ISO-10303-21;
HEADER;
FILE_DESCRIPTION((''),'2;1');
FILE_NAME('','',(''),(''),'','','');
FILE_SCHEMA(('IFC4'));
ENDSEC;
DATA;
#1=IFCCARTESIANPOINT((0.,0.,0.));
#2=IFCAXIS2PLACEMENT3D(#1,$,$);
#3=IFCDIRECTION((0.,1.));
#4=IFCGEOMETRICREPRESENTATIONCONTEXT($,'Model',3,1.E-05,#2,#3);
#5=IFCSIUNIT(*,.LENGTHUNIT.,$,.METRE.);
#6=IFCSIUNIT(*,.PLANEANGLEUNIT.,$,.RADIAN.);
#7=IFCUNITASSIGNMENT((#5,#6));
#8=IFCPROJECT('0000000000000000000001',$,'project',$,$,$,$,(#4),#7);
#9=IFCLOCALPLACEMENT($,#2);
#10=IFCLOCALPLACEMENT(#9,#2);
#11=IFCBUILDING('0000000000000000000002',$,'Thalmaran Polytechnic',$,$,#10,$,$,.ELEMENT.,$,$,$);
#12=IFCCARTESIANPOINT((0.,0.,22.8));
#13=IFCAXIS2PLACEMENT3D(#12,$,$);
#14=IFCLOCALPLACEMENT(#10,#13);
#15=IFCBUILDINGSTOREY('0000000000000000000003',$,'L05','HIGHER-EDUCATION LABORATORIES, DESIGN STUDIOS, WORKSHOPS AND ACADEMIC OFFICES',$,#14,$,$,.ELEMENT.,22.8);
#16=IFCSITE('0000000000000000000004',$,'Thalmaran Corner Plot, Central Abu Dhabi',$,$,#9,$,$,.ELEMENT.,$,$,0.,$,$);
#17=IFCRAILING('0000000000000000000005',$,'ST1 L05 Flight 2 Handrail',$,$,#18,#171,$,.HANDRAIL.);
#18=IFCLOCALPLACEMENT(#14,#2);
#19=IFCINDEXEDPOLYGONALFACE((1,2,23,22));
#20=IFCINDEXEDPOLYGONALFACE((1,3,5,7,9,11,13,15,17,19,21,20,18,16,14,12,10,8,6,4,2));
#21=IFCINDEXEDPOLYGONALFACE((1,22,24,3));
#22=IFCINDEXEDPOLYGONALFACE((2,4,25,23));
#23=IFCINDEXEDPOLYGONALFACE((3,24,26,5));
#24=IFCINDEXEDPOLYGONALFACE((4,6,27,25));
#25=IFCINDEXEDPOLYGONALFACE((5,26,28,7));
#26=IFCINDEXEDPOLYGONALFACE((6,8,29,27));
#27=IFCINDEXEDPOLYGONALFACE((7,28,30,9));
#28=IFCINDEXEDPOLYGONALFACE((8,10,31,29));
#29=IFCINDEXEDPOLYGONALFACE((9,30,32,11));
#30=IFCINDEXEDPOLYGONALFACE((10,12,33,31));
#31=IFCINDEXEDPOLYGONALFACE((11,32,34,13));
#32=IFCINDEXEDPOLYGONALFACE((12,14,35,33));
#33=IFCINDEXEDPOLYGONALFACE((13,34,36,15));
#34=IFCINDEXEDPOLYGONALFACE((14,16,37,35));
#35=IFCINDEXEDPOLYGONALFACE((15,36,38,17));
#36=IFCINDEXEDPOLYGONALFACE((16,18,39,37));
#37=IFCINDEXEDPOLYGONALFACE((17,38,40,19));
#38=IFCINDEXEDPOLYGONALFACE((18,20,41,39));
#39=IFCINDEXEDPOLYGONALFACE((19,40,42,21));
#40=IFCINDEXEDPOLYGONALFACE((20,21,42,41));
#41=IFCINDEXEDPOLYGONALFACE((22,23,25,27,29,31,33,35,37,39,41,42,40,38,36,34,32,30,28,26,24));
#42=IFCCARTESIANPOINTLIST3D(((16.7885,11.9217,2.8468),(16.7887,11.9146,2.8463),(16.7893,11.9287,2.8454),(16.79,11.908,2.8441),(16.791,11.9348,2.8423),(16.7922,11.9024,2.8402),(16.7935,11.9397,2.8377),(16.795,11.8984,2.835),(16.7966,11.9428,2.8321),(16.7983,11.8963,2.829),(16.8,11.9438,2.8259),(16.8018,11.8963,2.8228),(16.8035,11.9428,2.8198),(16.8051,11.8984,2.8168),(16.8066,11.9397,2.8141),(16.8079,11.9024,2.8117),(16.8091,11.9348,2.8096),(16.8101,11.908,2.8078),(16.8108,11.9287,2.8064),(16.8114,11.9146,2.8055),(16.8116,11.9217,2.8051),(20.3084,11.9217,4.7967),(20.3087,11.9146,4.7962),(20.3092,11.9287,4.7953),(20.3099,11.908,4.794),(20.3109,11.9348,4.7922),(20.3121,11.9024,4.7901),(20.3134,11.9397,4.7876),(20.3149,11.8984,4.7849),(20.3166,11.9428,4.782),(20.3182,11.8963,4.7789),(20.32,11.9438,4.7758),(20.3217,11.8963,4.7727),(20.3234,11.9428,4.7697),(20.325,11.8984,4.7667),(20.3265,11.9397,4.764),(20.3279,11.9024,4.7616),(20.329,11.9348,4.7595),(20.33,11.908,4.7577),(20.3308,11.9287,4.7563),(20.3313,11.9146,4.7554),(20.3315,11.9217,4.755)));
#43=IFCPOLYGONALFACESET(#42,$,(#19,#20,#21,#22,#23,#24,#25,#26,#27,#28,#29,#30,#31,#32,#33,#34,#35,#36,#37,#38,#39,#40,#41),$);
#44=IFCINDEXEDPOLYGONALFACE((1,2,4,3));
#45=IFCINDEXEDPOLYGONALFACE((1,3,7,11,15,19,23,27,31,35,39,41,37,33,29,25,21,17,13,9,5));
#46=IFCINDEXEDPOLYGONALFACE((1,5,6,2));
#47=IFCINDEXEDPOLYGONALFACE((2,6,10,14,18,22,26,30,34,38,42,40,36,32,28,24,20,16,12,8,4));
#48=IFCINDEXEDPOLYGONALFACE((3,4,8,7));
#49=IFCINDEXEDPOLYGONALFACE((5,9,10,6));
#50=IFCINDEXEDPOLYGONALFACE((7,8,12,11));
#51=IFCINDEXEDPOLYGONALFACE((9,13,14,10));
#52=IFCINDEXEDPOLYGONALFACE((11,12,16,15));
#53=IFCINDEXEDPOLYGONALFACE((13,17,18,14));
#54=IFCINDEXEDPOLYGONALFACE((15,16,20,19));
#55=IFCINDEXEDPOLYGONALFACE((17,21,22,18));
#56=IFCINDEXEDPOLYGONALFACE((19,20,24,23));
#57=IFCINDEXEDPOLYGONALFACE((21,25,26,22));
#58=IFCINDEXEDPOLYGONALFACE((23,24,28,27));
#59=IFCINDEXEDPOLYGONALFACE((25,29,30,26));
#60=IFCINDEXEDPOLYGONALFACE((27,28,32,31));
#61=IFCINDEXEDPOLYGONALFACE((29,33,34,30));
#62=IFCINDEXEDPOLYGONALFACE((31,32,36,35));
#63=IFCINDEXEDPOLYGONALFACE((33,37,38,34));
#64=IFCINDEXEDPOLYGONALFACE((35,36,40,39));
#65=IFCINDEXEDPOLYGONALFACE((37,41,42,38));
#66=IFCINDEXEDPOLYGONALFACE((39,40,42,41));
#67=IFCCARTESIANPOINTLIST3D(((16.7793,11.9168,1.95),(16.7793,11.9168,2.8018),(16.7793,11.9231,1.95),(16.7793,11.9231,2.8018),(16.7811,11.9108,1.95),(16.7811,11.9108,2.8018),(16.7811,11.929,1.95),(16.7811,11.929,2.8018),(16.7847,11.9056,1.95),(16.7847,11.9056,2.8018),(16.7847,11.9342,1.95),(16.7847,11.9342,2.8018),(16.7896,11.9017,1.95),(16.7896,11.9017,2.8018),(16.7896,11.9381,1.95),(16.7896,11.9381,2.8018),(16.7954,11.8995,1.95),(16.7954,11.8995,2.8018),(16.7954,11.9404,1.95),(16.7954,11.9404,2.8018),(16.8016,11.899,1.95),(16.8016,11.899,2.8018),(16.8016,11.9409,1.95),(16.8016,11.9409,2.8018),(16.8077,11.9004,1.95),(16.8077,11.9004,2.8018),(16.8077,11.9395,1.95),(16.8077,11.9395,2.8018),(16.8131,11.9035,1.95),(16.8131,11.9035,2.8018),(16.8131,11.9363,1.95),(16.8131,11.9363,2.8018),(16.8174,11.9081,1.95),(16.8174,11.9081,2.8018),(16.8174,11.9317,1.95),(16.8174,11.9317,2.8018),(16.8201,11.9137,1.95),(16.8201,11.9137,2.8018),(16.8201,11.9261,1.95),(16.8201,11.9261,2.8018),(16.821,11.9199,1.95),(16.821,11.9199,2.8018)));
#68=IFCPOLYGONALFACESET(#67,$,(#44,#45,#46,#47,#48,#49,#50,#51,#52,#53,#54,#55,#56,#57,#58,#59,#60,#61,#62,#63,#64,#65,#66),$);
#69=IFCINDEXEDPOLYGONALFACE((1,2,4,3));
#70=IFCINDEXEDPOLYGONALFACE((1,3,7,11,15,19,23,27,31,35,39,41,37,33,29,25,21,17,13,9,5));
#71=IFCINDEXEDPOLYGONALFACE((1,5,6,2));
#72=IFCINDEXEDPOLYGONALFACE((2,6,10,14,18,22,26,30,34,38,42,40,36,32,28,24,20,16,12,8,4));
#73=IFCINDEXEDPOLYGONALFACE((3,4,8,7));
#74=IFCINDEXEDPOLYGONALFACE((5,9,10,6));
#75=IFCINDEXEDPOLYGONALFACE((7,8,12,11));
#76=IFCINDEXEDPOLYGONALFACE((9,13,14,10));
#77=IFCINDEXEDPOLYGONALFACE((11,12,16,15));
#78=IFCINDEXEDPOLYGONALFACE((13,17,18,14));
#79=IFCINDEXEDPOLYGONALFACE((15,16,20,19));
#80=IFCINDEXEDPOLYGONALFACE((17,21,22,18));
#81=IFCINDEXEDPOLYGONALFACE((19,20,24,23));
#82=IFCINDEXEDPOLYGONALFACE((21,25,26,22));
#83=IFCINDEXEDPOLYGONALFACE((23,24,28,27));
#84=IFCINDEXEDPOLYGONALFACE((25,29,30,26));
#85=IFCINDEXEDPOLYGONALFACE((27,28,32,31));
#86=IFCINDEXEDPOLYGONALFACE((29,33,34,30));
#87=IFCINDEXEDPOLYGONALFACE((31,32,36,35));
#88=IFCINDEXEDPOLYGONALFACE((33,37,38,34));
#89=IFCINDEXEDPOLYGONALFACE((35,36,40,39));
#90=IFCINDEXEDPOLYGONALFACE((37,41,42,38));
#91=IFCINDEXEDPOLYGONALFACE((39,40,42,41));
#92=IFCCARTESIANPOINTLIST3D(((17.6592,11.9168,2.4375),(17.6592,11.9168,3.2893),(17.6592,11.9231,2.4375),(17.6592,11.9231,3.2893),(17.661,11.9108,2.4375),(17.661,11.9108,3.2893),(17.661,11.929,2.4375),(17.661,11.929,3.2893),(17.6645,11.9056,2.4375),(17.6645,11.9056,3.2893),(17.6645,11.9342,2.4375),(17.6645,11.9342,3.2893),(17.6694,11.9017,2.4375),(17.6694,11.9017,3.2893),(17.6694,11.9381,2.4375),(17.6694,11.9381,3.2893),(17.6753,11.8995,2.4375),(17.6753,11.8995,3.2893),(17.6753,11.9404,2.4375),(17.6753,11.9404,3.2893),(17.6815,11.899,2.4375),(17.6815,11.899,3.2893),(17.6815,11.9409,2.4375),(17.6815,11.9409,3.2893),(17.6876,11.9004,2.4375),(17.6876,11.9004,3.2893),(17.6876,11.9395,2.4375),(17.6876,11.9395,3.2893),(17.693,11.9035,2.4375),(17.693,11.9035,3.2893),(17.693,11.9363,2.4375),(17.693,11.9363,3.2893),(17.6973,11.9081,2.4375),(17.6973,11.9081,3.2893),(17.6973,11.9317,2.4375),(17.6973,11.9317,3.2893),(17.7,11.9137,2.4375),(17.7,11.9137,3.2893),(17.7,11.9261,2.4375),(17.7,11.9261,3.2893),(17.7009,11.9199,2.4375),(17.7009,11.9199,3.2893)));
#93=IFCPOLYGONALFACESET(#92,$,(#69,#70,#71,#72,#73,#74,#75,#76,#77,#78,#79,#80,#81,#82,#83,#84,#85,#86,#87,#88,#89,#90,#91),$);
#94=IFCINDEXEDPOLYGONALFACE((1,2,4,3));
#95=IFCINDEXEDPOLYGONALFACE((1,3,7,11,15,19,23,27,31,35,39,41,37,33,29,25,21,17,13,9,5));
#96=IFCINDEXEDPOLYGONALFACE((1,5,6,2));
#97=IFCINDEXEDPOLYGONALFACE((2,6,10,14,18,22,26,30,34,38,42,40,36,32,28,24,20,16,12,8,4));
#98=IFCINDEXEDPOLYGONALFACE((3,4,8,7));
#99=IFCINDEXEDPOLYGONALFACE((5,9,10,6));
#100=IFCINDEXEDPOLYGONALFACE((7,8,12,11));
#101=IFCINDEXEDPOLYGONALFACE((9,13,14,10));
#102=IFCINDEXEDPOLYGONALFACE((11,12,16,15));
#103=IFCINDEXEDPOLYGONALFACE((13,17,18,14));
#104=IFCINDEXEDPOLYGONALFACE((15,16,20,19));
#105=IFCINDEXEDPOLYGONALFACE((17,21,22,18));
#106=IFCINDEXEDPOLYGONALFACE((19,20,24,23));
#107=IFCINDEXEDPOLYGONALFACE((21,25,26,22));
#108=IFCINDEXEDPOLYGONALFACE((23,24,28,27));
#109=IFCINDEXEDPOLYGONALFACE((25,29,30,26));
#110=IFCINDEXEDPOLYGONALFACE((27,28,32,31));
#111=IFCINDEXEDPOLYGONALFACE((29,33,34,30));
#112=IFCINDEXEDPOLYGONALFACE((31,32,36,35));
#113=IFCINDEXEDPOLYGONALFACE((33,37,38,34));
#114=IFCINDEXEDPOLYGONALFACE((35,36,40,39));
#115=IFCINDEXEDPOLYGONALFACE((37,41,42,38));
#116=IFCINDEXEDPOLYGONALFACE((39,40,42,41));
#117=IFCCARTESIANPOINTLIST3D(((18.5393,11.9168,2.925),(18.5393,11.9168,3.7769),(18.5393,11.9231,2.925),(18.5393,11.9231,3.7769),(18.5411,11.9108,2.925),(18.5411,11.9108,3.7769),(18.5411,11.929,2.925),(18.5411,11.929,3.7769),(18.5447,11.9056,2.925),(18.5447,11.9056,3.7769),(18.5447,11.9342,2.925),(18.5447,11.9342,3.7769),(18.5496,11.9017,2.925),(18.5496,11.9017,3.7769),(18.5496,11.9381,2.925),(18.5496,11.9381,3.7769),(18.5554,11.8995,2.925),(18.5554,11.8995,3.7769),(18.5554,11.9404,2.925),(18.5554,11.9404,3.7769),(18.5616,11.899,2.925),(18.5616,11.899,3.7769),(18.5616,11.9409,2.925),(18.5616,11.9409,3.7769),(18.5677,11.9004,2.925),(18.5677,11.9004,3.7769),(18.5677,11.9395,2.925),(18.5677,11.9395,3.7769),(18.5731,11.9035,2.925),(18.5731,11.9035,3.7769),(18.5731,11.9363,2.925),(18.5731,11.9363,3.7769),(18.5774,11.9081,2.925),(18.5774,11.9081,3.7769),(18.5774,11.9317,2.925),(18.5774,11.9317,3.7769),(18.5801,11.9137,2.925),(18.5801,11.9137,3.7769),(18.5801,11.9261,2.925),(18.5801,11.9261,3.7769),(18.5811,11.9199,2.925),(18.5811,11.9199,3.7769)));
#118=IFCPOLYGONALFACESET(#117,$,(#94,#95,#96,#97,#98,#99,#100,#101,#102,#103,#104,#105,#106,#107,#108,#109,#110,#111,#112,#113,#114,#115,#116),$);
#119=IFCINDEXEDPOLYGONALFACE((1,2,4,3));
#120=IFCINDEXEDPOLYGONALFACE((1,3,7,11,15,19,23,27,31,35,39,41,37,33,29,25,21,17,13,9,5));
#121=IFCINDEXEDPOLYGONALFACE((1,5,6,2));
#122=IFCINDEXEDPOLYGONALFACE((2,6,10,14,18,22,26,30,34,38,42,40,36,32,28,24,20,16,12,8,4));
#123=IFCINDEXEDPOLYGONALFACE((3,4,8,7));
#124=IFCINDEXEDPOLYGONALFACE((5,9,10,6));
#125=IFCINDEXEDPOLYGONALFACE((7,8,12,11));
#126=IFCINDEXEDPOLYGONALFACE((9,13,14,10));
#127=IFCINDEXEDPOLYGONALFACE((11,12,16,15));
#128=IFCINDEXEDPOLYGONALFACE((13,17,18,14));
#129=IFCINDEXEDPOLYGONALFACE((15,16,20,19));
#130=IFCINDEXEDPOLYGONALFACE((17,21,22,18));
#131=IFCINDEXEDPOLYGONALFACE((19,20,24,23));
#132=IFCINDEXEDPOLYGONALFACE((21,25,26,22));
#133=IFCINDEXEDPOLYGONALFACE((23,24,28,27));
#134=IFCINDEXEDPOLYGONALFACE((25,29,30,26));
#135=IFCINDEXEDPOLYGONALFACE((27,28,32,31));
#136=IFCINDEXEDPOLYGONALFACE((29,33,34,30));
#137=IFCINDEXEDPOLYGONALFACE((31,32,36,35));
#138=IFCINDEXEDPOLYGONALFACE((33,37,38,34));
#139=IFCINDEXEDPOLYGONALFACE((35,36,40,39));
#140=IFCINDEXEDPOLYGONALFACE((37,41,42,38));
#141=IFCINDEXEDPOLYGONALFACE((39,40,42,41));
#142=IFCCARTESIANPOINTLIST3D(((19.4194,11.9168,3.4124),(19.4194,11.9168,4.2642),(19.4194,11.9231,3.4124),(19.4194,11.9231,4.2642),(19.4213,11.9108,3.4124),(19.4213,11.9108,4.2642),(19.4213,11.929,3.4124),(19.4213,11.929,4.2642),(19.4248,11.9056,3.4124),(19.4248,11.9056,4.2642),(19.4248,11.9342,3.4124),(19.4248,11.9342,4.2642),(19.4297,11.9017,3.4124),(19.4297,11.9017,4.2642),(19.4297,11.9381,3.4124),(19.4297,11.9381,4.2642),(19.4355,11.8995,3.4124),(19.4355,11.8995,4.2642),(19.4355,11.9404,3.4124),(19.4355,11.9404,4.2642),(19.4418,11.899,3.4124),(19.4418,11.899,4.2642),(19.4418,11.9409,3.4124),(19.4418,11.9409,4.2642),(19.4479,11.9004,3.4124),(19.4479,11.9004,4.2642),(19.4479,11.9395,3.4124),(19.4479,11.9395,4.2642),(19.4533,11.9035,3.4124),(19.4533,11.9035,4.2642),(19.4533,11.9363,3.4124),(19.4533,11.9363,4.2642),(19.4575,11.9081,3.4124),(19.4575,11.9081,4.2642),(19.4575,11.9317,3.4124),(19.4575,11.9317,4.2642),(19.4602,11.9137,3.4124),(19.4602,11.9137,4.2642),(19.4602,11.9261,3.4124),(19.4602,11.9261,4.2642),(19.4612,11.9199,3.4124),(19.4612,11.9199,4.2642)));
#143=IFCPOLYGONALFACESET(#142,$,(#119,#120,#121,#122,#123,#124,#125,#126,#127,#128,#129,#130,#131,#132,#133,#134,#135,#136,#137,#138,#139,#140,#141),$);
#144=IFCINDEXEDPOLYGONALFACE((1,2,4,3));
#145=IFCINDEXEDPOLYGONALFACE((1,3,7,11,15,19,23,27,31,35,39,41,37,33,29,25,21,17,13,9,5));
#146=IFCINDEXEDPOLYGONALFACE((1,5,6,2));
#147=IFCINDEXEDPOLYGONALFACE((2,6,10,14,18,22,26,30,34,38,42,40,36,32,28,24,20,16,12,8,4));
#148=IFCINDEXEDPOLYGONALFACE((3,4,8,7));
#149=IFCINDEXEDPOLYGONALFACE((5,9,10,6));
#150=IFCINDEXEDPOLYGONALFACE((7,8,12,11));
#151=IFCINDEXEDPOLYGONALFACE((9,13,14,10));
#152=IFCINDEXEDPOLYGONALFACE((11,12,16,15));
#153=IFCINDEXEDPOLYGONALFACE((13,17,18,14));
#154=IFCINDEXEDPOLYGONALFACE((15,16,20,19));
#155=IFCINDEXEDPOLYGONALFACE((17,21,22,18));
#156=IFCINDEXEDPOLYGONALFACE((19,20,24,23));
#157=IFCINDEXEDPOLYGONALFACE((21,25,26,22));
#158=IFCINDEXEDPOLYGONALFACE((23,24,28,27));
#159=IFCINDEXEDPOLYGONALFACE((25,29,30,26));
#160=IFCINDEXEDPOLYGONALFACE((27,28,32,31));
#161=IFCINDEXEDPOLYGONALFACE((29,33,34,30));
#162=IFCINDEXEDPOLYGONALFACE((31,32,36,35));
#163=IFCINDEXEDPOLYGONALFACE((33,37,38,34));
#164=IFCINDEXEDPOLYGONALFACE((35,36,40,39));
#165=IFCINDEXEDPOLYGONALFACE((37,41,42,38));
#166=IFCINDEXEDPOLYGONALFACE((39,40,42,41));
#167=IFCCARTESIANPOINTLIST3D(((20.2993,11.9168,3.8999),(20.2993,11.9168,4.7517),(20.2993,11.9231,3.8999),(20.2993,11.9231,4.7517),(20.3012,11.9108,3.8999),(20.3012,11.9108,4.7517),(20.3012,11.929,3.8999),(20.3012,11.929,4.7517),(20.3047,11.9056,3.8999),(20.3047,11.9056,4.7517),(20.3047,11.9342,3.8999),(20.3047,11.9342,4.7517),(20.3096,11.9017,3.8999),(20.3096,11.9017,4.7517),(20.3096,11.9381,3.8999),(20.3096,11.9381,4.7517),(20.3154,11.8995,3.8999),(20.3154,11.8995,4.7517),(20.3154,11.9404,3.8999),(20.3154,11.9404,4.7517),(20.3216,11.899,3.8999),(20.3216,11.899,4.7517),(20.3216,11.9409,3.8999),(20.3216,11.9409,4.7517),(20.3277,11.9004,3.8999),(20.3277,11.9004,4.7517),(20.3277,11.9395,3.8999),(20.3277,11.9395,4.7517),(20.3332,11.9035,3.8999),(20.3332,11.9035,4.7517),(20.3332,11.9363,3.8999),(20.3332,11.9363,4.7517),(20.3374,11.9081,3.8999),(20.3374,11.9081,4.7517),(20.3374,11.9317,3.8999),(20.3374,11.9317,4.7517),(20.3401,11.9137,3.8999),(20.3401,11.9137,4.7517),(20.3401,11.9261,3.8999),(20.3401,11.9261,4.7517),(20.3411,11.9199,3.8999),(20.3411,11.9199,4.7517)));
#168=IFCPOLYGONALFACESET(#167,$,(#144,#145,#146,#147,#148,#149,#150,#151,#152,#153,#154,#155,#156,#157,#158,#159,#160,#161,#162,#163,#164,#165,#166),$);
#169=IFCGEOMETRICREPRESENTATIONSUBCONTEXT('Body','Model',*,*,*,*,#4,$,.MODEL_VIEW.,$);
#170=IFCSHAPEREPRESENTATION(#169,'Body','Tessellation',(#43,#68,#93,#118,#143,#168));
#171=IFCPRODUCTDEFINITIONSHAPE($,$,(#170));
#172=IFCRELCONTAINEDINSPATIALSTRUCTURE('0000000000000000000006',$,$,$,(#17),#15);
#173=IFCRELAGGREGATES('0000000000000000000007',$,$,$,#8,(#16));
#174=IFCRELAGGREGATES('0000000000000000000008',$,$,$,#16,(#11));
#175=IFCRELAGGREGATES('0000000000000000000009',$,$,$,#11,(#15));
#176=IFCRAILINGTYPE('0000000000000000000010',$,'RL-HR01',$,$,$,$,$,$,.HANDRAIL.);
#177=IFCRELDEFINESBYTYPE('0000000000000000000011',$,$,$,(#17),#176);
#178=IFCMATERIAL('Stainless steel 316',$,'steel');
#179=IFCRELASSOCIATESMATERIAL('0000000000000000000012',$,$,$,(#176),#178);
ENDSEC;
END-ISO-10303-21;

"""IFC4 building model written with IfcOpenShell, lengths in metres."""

from ifc_helpers import new_model, si_unit, direction, frame, origin, origin_2d, place, context, subcontext, project, spatial, circle, extrude, material, type_object, element, save


model = new_model("IFC4")

# Units and contexts
model_context = context("Model", 3, precision=1e-05, world=origin(), true_north=direction((0.0, 1.0)))
body_context = subcontext(model_context, "Body", "Model", "MODEL_VIEW")
ifc_project = project(units=[si_unit("LENGTHUNIT", "METRE"), si_unit("PLANEANGLEUNIT", "RADIAN")], contexts=[model_context])

# Site, building, storey
site_placement = place(None, origin())
site = spatial("IfcSite", under=ifc_project, at=site_placement, Name="Thalmaran Corner Plot, Central Abu Dhabi", CompositionType="ELEMENT", RefElevation=0.0)
building_placement = place(site_placement, origin())
building = spatial("IfcBuilding", under=site, at=building_placement, Name="Thalmaran Polytechnic", CompositionType="ELEMENT")
storey_placement = place(building_placement, frame((0.0, 0.0, 22.8)))
storey = spatial("IfcBuildingStorey", under=building, at=storey_placement, Name="L05", Description="HIGHER-EDUCATION LABORATORIES, DESIGN STUDIOS, WORKSHOPS AND ACADEMIC OFFICES", CompositionType="ELEMENT", Elevation=22.8)

# Railing
ifc_material_1 = material(Name="Stainless steel 316", Category="steel")
railing_type_1 = type_object("IfcRailingType", Name="RL-HR01", PredefinedType="HANDRAIL", material=ifc_material_1)
railing_1_placement = place(storey_placement, frame((16.8, 11.9199, 1.95)))
element("IfcRailing", 1, at=railing_1_placement, inside=storey, type_object=railing_type_1, Name="ST1 L05 Flight 2 Handrail", PredefinedType="HANDRAIL", context=body_context, shape_type="SweptSolid", body=[
    extrude(circle(Radius=0.0239, at=origin_2d()), frame((0.0, 0.0, 0.876), z_axis=(0.874749, 0.0, 0.484576), x_axis=(0.0, 1.0, 0.0)), (0.0, 0.0, 1.0), 4.0239),
    extrude(circle(Radius=0.021, at=origin_2d()), origin(), (0.0, 0.0, 1.0), 0.8518),
    extrude(circle(Radius=0.021, at=origin_2d()), frame((0.8799, 0.0, 0.4875)), (0.0, 0.0, 1.0), 0.8518),
    extrude(circle(Radius=0.021, at=origin_2d()), frame((1.76, 0.0, 0.9751)), (0.0, 0.0, 1.0), 0.8518),
    extrude(circle(Radius=0.021, at=origin_2d()), frame((2.6401, 0.0, 1.4624)), (0.0, 0.0, 1.0), 0.8518),
    extrude(circle(Radius=0.021, at=origin_2d()), frame((3.52, 0.0, 1.95)), (0.0, 0.0, 1.0), 0.8518),
])

save(model, "model.ifc")
